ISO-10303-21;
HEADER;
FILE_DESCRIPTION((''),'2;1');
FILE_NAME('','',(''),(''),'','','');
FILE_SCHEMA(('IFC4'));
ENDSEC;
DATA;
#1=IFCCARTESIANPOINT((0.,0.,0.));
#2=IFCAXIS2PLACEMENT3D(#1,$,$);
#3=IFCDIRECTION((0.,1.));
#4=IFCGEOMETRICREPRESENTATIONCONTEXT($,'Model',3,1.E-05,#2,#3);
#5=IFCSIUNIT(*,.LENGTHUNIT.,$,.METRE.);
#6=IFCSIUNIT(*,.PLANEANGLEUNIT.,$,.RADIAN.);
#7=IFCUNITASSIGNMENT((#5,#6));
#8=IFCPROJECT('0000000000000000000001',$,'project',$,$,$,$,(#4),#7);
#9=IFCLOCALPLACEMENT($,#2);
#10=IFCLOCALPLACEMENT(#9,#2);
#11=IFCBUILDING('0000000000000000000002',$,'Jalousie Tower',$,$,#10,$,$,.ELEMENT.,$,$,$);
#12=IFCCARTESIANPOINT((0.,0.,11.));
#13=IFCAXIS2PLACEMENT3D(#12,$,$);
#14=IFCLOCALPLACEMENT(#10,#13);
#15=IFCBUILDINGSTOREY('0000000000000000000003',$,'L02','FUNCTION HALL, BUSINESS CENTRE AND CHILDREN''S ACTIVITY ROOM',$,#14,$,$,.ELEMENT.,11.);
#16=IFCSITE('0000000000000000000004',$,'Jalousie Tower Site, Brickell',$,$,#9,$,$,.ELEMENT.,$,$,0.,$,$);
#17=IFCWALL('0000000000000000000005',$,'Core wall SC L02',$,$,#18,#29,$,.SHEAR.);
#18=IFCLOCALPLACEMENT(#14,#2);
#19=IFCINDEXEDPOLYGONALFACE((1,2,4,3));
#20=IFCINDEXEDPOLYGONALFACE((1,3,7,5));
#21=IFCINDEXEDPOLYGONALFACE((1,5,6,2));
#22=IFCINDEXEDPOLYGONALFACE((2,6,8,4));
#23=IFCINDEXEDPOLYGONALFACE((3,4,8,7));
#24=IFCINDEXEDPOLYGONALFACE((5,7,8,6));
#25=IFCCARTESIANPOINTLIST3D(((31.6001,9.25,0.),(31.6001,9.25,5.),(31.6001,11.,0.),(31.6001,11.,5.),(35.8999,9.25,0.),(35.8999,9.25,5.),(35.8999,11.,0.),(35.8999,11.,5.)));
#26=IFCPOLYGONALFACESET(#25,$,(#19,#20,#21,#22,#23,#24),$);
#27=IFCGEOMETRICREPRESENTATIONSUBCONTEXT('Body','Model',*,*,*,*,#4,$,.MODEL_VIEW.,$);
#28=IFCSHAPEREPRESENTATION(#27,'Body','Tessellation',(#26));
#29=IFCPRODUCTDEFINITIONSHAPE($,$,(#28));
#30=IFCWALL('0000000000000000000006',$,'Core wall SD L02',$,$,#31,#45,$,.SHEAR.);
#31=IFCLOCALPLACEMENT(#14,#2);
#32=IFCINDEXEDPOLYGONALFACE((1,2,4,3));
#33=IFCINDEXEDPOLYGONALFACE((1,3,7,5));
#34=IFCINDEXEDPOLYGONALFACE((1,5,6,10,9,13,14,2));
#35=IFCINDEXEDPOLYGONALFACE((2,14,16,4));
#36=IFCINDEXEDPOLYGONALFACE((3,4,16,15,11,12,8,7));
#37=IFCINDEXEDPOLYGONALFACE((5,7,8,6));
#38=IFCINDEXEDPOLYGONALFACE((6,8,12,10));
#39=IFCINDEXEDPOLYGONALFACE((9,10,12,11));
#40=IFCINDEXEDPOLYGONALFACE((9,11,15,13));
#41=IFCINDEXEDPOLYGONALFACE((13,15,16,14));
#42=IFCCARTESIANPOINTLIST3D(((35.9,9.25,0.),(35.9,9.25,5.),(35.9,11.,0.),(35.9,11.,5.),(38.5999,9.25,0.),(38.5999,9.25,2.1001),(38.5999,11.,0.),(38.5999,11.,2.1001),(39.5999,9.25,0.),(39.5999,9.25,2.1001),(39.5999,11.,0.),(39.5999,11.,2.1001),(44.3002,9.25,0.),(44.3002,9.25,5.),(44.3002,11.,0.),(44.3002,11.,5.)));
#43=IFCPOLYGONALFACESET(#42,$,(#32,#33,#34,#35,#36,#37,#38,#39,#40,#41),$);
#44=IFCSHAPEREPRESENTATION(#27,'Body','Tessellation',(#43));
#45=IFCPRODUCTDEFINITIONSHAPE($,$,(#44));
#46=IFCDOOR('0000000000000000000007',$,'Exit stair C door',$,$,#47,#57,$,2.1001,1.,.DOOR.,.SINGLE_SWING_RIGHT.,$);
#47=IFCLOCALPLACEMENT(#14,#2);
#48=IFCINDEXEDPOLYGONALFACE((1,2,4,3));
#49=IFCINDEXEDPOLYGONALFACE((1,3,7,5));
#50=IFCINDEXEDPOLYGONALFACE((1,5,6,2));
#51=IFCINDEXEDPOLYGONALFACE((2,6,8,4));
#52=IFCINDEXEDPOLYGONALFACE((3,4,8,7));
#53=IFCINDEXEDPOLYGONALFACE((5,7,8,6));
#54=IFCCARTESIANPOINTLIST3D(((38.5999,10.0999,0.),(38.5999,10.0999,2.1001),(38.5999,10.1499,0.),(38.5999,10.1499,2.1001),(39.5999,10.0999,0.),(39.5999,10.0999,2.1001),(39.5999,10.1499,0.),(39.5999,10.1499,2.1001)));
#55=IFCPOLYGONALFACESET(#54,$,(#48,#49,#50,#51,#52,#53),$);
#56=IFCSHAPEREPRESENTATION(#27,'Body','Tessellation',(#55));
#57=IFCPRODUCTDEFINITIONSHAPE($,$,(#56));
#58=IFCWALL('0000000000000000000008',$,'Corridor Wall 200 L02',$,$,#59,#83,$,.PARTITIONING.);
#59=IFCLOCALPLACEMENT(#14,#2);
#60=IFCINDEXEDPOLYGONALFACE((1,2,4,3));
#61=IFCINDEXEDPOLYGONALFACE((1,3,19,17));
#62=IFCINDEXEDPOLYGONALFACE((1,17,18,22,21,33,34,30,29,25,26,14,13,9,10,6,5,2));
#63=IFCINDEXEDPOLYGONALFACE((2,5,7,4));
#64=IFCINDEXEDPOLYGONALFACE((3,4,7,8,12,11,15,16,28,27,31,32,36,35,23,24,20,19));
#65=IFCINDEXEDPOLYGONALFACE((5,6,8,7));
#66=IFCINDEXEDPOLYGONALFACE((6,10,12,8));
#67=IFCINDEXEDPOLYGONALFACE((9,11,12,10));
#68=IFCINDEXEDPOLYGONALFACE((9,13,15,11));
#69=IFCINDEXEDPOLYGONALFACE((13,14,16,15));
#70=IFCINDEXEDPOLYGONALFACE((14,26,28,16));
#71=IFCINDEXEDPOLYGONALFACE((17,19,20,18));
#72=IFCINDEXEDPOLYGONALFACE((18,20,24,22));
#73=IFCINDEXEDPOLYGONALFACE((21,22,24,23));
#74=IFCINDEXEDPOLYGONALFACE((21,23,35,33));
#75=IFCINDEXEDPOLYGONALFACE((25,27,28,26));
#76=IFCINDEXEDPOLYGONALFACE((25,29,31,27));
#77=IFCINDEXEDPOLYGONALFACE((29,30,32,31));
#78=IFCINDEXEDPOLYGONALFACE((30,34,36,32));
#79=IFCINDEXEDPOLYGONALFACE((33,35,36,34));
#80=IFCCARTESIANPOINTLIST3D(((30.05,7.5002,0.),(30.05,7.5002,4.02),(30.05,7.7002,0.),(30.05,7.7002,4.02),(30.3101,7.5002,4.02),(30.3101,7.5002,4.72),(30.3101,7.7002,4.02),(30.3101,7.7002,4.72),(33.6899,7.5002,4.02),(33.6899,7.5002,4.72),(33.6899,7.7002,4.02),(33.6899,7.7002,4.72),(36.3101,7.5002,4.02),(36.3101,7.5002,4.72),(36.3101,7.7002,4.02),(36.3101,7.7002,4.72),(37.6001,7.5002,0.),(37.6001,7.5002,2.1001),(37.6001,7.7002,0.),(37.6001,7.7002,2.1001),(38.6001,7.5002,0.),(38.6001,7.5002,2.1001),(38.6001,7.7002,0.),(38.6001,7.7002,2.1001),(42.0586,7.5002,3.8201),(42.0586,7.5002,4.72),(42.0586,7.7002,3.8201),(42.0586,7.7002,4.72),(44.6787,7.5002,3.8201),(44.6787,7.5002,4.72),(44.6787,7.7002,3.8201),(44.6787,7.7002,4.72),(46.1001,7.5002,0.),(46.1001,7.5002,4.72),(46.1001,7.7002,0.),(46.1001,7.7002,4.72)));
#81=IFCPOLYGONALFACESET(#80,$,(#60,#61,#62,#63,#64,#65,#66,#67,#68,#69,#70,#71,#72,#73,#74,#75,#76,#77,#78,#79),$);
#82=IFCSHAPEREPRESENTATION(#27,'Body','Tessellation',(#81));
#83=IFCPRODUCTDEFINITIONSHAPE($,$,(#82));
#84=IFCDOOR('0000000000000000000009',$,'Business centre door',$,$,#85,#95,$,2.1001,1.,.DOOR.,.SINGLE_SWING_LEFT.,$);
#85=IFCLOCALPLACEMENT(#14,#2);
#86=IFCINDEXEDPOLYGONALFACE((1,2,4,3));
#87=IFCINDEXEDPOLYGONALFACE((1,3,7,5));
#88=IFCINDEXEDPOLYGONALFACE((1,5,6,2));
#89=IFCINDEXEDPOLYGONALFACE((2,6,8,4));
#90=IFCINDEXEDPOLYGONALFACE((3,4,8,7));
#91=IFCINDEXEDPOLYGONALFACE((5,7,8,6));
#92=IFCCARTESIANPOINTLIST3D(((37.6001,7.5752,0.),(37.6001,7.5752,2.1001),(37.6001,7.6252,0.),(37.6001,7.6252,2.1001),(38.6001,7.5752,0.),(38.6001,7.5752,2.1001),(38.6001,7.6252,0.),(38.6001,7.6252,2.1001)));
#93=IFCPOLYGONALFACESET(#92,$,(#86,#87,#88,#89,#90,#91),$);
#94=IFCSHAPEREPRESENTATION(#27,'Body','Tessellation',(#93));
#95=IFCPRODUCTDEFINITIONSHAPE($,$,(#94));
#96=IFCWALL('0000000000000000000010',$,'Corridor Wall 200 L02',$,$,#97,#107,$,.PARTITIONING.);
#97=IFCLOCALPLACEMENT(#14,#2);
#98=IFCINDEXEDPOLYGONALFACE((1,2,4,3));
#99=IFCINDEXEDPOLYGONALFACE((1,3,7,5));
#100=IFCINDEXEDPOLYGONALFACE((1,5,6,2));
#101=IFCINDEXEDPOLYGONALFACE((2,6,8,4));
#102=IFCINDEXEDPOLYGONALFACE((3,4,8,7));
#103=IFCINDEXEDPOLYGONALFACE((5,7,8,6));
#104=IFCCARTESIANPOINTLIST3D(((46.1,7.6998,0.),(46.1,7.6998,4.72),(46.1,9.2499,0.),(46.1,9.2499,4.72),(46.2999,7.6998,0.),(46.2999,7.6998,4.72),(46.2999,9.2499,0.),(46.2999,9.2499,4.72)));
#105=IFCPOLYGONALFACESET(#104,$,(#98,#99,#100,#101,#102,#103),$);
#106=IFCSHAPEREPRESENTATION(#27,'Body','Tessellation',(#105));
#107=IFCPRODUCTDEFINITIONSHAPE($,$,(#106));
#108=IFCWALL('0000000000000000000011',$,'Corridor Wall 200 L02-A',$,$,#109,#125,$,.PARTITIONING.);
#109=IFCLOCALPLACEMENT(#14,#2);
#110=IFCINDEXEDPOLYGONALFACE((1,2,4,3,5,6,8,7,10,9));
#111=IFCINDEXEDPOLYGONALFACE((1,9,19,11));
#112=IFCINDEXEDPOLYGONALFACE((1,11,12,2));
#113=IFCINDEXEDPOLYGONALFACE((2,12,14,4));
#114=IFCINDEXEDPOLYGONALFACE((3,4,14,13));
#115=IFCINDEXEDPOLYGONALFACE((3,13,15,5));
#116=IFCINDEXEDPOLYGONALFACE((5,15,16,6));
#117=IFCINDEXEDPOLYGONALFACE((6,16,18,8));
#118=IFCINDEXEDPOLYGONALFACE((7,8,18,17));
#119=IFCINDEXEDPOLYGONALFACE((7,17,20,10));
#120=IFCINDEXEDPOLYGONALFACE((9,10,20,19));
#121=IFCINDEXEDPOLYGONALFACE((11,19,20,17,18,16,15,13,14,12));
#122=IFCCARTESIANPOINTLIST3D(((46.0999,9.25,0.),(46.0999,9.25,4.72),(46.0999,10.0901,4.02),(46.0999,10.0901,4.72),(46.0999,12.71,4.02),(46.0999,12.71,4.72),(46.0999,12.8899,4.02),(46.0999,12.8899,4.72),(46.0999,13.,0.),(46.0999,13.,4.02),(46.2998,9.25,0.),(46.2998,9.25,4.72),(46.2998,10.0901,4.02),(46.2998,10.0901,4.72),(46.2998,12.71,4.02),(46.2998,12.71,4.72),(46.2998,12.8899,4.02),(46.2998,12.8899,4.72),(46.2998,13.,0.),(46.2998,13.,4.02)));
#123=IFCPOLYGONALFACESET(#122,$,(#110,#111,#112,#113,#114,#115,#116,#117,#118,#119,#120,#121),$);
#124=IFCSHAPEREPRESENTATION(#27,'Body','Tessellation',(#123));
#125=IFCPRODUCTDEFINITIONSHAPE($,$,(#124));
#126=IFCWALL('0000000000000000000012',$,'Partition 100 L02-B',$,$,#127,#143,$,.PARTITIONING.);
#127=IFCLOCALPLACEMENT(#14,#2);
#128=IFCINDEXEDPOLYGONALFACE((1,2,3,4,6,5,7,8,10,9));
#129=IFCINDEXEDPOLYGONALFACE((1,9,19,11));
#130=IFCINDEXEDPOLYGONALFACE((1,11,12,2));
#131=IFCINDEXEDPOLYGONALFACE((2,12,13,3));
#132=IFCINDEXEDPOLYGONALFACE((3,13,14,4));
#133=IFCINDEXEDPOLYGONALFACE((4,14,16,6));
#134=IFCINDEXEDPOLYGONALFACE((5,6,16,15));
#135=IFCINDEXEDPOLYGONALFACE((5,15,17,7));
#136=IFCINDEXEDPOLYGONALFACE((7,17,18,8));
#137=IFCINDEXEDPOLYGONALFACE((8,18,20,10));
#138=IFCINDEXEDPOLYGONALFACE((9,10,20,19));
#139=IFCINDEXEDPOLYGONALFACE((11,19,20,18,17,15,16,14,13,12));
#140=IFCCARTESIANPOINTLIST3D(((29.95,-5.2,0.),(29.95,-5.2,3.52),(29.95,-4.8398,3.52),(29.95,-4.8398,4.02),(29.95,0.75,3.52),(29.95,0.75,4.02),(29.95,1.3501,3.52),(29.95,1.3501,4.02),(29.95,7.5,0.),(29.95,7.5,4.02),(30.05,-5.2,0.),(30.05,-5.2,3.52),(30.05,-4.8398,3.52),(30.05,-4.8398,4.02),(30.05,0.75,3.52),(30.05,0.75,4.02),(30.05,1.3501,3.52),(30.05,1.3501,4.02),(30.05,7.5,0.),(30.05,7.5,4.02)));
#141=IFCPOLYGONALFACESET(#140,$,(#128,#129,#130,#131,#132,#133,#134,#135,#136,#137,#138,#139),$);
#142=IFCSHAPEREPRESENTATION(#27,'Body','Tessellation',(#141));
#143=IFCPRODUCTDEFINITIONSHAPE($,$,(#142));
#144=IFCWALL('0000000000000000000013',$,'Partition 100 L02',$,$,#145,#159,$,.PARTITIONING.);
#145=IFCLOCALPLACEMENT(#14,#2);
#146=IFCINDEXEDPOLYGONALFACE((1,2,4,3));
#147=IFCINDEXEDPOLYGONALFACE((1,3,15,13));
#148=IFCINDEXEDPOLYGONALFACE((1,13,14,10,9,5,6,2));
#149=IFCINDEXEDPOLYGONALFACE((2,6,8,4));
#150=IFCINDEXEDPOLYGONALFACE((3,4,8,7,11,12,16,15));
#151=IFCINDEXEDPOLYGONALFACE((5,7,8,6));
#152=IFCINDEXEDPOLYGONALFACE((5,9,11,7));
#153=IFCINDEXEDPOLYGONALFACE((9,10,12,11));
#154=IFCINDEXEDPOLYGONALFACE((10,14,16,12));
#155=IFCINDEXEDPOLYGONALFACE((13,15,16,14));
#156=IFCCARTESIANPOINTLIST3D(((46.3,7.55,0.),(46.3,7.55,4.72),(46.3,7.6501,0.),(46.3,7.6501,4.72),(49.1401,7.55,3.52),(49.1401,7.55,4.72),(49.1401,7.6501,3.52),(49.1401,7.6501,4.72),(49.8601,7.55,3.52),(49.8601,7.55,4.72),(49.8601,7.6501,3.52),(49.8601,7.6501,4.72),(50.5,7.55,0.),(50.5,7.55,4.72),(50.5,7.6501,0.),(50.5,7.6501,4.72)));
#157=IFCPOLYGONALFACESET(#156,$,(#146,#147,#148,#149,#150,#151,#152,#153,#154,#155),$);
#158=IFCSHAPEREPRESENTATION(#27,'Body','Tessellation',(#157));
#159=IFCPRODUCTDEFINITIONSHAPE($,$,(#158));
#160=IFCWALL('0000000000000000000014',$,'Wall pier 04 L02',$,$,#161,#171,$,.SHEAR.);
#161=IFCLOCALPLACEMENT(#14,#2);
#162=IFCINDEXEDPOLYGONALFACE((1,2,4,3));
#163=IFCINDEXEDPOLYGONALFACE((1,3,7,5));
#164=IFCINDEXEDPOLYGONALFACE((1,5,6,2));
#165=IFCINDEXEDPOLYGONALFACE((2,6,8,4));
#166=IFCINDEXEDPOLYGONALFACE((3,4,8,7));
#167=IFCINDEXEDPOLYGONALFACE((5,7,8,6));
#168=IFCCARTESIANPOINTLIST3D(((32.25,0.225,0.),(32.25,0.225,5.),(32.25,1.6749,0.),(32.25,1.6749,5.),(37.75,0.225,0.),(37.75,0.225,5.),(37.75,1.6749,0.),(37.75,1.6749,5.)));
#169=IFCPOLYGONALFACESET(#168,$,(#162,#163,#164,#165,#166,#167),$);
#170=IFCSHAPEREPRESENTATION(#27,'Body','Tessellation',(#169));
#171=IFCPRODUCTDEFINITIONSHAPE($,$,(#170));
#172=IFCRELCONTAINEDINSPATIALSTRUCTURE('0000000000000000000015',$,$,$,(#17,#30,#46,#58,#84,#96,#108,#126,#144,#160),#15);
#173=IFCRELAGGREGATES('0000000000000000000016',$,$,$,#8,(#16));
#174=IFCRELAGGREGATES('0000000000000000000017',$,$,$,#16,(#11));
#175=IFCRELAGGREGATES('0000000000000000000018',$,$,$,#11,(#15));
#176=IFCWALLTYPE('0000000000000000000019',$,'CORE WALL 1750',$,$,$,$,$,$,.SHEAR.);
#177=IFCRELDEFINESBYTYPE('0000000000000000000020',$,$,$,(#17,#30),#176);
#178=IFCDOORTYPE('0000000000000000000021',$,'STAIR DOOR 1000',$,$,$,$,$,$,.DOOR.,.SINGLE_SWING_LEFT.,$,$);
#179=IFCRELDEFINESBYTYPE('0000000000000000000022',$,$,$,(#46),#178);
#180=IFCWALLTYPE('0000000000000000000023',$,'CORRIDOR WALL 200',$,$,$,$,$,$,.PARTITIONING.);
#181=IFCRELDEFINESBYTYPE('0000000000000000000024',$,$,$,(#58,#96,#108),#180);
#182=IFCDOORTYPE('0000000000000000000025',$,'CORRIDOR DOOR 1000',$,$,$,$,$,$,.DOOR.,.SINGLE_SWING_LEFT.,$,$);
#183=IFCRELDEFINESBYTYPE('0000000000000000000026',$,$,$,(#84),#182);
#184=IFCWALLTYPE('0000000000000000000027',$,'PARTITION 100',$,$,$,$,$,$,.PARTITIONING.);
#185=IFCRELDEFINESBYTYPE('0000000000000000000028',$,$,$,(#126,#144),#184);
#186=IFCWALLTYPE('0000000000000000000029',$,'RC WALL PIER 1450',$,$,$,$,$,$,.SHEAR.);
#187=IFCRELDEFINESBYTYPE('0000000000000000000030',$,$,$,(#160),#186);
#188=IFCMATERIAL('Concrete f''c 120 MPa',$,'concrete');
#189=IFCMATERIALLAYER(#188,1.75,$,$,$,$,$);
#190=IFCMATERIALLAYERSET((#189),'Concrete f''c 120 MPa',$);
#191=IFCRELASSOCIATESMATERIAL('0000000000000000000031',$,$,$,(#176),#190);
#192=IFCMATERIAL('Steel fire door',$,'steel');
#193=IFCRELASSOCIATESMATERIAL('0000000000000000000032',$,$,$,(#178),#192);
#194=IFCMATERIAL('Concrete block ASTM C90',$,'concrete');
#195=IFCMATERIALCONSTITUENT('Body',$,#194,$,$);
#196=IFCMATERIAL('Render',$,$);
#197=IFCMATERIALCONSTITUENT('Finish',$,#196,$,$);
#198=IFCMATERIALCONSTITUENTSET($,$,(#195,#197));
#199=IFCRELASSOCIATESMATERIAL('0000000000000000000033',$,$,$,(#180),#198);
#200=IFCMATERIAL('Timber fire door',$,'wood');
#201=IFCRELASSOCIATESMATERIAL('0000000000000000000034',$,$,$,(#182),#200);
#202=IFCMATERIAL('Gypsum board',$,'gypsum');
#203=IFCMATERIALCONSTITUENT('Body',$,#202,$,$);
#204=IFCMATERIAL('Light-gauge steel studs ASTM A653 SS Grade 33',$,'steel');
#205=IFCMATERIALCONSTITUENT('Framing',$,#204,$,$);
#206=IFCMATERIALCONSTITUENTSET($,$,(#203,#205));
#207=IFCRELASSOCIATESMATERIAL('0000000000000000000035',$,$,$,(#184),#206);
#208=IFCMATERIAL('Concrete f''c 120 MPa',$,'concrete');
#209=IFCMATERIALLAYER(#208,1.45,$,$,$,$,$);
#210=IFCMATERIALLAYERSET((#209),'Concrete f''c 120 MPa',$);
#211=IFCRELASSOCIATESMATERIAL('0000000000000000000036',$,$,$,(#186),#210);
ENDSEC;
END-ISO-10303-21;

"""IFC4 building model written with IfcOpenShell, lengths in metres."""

from ifc_helpers import new_model, si_unit, direction, frame, frame_2d, origin, place, context, subcontext, project, spatial, polyline, rectangle, outline, extrude, material, layer, layer_set, constituent, constituent_set, type_object, element, fill, save


model = new_model("IFC4")

# Units and contexts
model_context = context("Model", 3, precision=1e-05, world=origin(), true_north=direction((0.0, 1.0)))
body_context = subcontext(model_context, "Body", "Model", "MODEL_VIEW")
ifc_project = project(units=[si_unit("LENGTHUNIT", "METRE"), si_unit("PLANEANGLEUNIT", "RADIAN")], contexts=[model_context])

# Site, building, storey
site_placement = place(None, origin())
site = spatial("IfcSite", under=ifc_project, at=site_placement, Name="Jalousie Tower Site, Brickell", CompositionType="ELEMENT", RefElevation=0.0)
building_placement = place(site_placement, origin())
building = spatial("IfcBuilding", under=site, at=building_placement, Name="Jalousie Tower", CompositionType="ELEMENT")
storey_placement = place(building_placement, frame((0.0, 0.0, 11.0)))
storey = spatial("IfcBuildingStorey", under=building, at=storey_placement, Name="L02", Description="FUNCTION HALL, BUSINESS CENTRE AND CHILDREN'S ACTIVITY ROOM", CompositionType="ELEMENT", Elevation=11.0)

# Wall
ifc_material_1 = material(Name="Concrete f'c 120 MPa", Category="concrete")
ifc_layer_1 = layer(ifc_material_1, 1.75)
ifc_layer_set_1 = layer_set([ifc_layer_1], Name="Concrete f'c 120 MPa")
wall_type_1 = type_object("IfcWallType", Name="CORE WALL 1750", PredefinedType="SHEAR", material=ifc_layer_set_1)
wall_1_placement = place(storey_placement, frame((31.6001, 10.125, 0.0), z_axis=(0.0, 0.0, 1.0), x_axis=(1.0, 0.0, 0.0)))
element("IfcWall", 1, at=wall_1_placement, inside=storey, type_object=wall_type_1, Name="Core wall SC L02", PredefinedType="SHEAR", context=body_context, shape_type="SweptSolid", body=[
    extrude(rectangle(XDim=4.2998, YDim=1.75, at=frame_2d((2.1499, 0.0))), origin(), (0.0, 0.0, 1.0), 5.0),
])

# Walls, openings, doors
wall_2_placement = place(storey_placement, frame((35.8999, 10.125, 0.0), z_axis=(0.0, 0.0, 1.0), x_axis=(1.0, 0.0, 0.0)))
wall_2 = element("IfcWall", 2, at=wall_2_placement, inside=storey, type_object=wall_type_1, Name="Core wall SD L02", PredefinedType="SHEAR", context=body_context, shape_type="SweptSolid", body=[
    extrude(rectangle(XDim=8.4001, YDim=1.75, at=frame_2d((4.2002, 0.0))), origin(), (0.0, 0.0, 1.0), 5.0),
])
opening_1_placement = place(wall_2_placement, frame((2.7, 0.0, 0.0)))
opening_1 = element("IfcOpeningElement", 3, at=opening_1_placement, cuts=wall_2, PredefinedType="OPENING", context=body_context, shape_type="SweptSolid", body=[
    extrude(rectangle(XDim=1.0, YDim=2.1001, at=frame_2d((0.5, 1.05))), frame((0.0, 0.885, 0.0), z_axis=(0.0, -1.0, 0.0), x_axis=(1.0, 0.0, 0.0)), (0.0, 0.0, 1.0), 1.77),
])
ifc_material_2 = material(Name="Steel fire door", Category="steel")
door_type_1 = type_object("IfcDoorType", Name="STAIR DOOR 1000", OperationType="SINGLE_SWING_LEFT", PredefinedType="DOOR", material=ifc_material_2)
door_1_placement = place(opening_1_placement, origin())
door_1 = element("IfcDoor", 4, at=door_1_placement, inside=storey, type_object=door_type_1, Name="Exit stair C door", OperationType="SINGLE_SWING_RIGHT", OverallHeight=2.1001, OverallWidth=1.0, PredefinedType="DOOR", context=body_context, shape_type="SweptSolid", body=[
    extrude(rectangle(XDim=1.0, YDim=2.1001, at=frame_2d((0.5, 1.05))), frame((0.0, 0.0249, 0.0), z_axis=(0.0, -1.0, 0.0), x_axis=(1.0, 0.0, 0.0)), (0.0, 0.0, 1.0), 0.05),
])
fill(opening_1, door_1)
ifc_material_3 = material(Name="Concrete block ASTM C90", Category="concrete")
ifc_constituent_1 = constituent(ifc_material_3, Name="Body")
ifc_material_4 = material(Name="Render")
ifc_constituent_2 = constituent(ifc_material_4, Name="Finish")
ifc_constituent_set_1 = constituent_set(constituents=[ifc_constituent_1, ifc_constituent_2])
wall_type_2 = type_object("IfcWallType", Name="CORRIDOR WALL 200", PredefinedType="PARTITIONING", material=ifc_constituent_set_1)
wall_3_placement = place(storey_placement, frame((30.05, 7.6001, 0.0), z_axis=(0.0, 0.0, 1.0), x_axis=(1.0, 0.0, 0.0)))
wall_3 = element("IfcWall", 5, at=wall_3_placement, inside=storey, type_object=wall_type_2, Name="Corridor Wall 200 L02", PredefinedType="PARTITIONING", context=body_context, shape_type="SweptSolid", body=[
    extrude(outline(polyline([(0.0, 0.0), (16.05, 0.0), (16.05, 4.72), (14.6287, 4.72), (14.6287, 3.8201), (12.0085, 3.8201), (12.0085, 4.72), (6.26, 4.72), (6.26, 4.02), (3.6399, 4.02), (3.6399, 4.72), (0.26, 4.72), (0.26, 4.02), (0.0, 4.02), (0.0, 4.72), (0.0, 0.0)])), frame((0.0, 0.1001, 0.0), z_axis=(0.0, -1.0, 0.0), x_axis=(1.0, 0.0, 0.0)), (0.0, 0.0, 1.0), 0.2),
])
opening_2_placement = place(wall_3_placement, frame((7.55, 0.0, 0.0)))
opening_2 = element("IfcOpeningElement", 6, at=opening_2_placement, cuts=wall_3, PredefinedType="OPENING", context=body_context, shape_type="SweptSolid", body=[
    extrude(rectangle(XDim=1.0, YDim=2.1001, at=frame_2d((0.5, 1.05))), frame((0.0, 0.1099, 0.0), z_axis=(0.0, -1.0, 0.0), x_axis=(1.0, 0.0, 0.0)), (0.0, 0.0, 1.0), 0.22),
])
ifc_material_5 = material(Name="Timber fire door", Category="wood")
door_type_2 = type_object("IfcDoorType", Name="CORRIDOR DOOR 1000", OperationType="SINGLE_SWING_LEFT", PredefinedType="DOOR", material=ifc_material_5)
door_2_placement = place(opening_2_placement, frame((1.0, 0.0, 0.0), z_axis=(0.0, 0.0, 1.0), x_axis=(-1.0, 0.0, 0.0)))
door_2 = element("IfcDoor", 7, at=door_2_placement, inside=storey, type_object=door_type_2, Name="Business centre door", OperationType="SINGLE_SWING_LEFT", OverallHeight=2.1001, OverallWidth=1.0, PredefinedType="DOOR", context=body_context, shape_type="SweptSolid", body=[
    extrude(rectangle(XDim=1.0, YDim=2.1001, at=frame_2d((0.5, 1.05))), frame((0.0, 0.0249, 0.0), z_axis=(0.0, -1.0, 0.0), x_axis=(1.0, 0.0, 0.0)), (0.0, 0.0, 1.0), 0.05),
])
fill(opening_2, door_2)

# Walls
wall_4_placement = place(storey_placement, frame((46.2, 7.7, 0.0), z_axis=(0.0, 0.0, 1.0), x_axis=(0.0, 1.0, 0.0)))
element("IfcWall", 8, at=wall_4_placement, inside=storey, type_object=wall_type_2, Name="Corridor Wall 200 L02", PredefinedType="PARTITIONING", context=body_context, shape_type="SweptSolid", body=[
    extrude(rectangle(XDim=1.55, YDim=0.2, at=frame_2d((0.7749, 0.0))), origin(), (0.0, 0.0, 1.0), 4.72),
])
wall_5_placement = place(storey_placement, frame((46.2, 9.25, 0.0), z_axis=(0.0, 0.0, 1.0), x_axis=(0.0, 1.0, 0.0)))
element("IfcWall", 9, at=wall_5_placement, inside=storey, type_object=wall_type_2, Name="Corridor Wall 200 L02-A", PredefinedType="PARTITIONING", context=body_context, shape_type="SweptSolid", body=[
    extrude(outline(polyline([(0.0, 0.0), (3.75, 0.0), (3.75, 4.02), (3.6399, 4.02), (3.6399, 4.72), (3.46, 4.72), (3.46, 4.02), (0.8401, 4.02), (0.8401, 4.72), (0.0, 4.72), (0.0, 0.0)])), frame((0.0, 0.1001, 0.0), z_axis=(0.0, -1.0, 0.0), x_axis=(1.0, 0.0, 0.0)), (0.0, 0.0, 1.0), 0.2),
])
ifc_material_6 = material(Name="Gypsum board", Category="gypsum")
ifc_constituent_3 = constituent(ifc_material_6, Name="Body")
ifc_material_7 = material(Name="Light-gauge steel studs ASTM A653 SS Grade 33", Category="steel")
ifc_constituent_4 = constituent(ifc_material_7, Name="Framing")
ifc_constituent_set_2 = constituent_set(constituents=[ifc_constituent_3, ifc_constituent_4])
wall_type_3 = type_object("IfcWallType", Name="PARTITION 100", PredefinedType="PARTITIONING", material=ifc_constituent_set_2)
wall_6_placement = place(storey_placement, frame((30.0, -5.2, 0.0), z_axis=(0.0, 0.0, 1.0), x_axis=(0.0, 1.0, 0.0)))
element("IfcWall", 10, at=wall_6_placement, inside=storey, type_object=wall_type_3, Name="Partition 100 L02-B", PredefinedType="PARTITIONING", context=body_context, shape_type="SweptSolid", body=[
    extrude(outline(polyline([(0.0, 0.0), (12.7, 0.0), (12.7, 4.02), (6.55, 4.02), (6.55, 3.52), (5.95, 3.52), (5.95, 4.02), (0.3601, 4.02), (0.3601, 3.52), (0.0, 3.52), (0.0, 0.0)])), frame((0.0, 0.05, 0.0), z_axis=(0.0, -1.0, 0.0), x_axis=(1.0, 0.0, 0.0)), (0.0, 0.0, 1.0), 0.1001),
])
wall_7_placement = place(storey_placement, frame((46.3, 7.6001, 0.0), z_axis=(0.0, 0.0, 1.0), x_axis=(1.0, 0.0, 0.0)))
element("IfcWall", 11, at=wall_7_placement, inside=storey, type_object=wall_type_3, Name="Partition 100 L02", PredefinedType="PARTITIONING", context=body_context, shape_type="SweptSolid", body=[
    extrude(outline(polyline([(0.0, 0.0), (4.2, 0.0), (4.2, 4.72), (3.5601, 4.72), (3.5601, 3.52), (2.8401, 3.52), (2.8401, 4.72), (0.0, 4.72), (0.0, 0.0)])), frame((0.0, 0.05, 0.0), z_axis=(0.0, -1.0, 0.0), x_axis=(1.0, 0.0, 0.0)), (0.0, 0.0, 1.0), 0.1001),
])
ifc_material_8 = material(Name="Concrete f'c 120 MPa", Category="concrete")
ifc_layer_2 = layer(ifc_material_8, 1.45)
ifc_layer_set_2 = layer_set([ifc_layer_2], Name="Concrete f'c 120 MPa")
wall_type_4 = type_object("IfcWallType", Name="RC WALL PIER 1450", PredefinedType="SHEAR", material=ifc_layer_set_2)
for number, where, z_axis, x_axis, name in (
    (12, (32.25, 0.95, 0.0), (0.0, 0.0, 1.0), (1.0, 0.0, 0.0), "Wall pier 04 L02"),
):
    element("IfcWall", number, at=place(storey_placement, frame(where, z_axis=z_axis, x_axis=x_axis)), inside=storey, type_object=wall_type_4, Name=name, PredefinedType="SHEAR", context=body_context, shape_type="SweptSolid", body=[
        extrude(rectangle(XDim=5.5, YDim=1.45, at=frame_2d((2.75, 0.0))), origin(), (0.0, 0.0, 1.0), 5.0),
    ])

save(model, "model.ifc")
